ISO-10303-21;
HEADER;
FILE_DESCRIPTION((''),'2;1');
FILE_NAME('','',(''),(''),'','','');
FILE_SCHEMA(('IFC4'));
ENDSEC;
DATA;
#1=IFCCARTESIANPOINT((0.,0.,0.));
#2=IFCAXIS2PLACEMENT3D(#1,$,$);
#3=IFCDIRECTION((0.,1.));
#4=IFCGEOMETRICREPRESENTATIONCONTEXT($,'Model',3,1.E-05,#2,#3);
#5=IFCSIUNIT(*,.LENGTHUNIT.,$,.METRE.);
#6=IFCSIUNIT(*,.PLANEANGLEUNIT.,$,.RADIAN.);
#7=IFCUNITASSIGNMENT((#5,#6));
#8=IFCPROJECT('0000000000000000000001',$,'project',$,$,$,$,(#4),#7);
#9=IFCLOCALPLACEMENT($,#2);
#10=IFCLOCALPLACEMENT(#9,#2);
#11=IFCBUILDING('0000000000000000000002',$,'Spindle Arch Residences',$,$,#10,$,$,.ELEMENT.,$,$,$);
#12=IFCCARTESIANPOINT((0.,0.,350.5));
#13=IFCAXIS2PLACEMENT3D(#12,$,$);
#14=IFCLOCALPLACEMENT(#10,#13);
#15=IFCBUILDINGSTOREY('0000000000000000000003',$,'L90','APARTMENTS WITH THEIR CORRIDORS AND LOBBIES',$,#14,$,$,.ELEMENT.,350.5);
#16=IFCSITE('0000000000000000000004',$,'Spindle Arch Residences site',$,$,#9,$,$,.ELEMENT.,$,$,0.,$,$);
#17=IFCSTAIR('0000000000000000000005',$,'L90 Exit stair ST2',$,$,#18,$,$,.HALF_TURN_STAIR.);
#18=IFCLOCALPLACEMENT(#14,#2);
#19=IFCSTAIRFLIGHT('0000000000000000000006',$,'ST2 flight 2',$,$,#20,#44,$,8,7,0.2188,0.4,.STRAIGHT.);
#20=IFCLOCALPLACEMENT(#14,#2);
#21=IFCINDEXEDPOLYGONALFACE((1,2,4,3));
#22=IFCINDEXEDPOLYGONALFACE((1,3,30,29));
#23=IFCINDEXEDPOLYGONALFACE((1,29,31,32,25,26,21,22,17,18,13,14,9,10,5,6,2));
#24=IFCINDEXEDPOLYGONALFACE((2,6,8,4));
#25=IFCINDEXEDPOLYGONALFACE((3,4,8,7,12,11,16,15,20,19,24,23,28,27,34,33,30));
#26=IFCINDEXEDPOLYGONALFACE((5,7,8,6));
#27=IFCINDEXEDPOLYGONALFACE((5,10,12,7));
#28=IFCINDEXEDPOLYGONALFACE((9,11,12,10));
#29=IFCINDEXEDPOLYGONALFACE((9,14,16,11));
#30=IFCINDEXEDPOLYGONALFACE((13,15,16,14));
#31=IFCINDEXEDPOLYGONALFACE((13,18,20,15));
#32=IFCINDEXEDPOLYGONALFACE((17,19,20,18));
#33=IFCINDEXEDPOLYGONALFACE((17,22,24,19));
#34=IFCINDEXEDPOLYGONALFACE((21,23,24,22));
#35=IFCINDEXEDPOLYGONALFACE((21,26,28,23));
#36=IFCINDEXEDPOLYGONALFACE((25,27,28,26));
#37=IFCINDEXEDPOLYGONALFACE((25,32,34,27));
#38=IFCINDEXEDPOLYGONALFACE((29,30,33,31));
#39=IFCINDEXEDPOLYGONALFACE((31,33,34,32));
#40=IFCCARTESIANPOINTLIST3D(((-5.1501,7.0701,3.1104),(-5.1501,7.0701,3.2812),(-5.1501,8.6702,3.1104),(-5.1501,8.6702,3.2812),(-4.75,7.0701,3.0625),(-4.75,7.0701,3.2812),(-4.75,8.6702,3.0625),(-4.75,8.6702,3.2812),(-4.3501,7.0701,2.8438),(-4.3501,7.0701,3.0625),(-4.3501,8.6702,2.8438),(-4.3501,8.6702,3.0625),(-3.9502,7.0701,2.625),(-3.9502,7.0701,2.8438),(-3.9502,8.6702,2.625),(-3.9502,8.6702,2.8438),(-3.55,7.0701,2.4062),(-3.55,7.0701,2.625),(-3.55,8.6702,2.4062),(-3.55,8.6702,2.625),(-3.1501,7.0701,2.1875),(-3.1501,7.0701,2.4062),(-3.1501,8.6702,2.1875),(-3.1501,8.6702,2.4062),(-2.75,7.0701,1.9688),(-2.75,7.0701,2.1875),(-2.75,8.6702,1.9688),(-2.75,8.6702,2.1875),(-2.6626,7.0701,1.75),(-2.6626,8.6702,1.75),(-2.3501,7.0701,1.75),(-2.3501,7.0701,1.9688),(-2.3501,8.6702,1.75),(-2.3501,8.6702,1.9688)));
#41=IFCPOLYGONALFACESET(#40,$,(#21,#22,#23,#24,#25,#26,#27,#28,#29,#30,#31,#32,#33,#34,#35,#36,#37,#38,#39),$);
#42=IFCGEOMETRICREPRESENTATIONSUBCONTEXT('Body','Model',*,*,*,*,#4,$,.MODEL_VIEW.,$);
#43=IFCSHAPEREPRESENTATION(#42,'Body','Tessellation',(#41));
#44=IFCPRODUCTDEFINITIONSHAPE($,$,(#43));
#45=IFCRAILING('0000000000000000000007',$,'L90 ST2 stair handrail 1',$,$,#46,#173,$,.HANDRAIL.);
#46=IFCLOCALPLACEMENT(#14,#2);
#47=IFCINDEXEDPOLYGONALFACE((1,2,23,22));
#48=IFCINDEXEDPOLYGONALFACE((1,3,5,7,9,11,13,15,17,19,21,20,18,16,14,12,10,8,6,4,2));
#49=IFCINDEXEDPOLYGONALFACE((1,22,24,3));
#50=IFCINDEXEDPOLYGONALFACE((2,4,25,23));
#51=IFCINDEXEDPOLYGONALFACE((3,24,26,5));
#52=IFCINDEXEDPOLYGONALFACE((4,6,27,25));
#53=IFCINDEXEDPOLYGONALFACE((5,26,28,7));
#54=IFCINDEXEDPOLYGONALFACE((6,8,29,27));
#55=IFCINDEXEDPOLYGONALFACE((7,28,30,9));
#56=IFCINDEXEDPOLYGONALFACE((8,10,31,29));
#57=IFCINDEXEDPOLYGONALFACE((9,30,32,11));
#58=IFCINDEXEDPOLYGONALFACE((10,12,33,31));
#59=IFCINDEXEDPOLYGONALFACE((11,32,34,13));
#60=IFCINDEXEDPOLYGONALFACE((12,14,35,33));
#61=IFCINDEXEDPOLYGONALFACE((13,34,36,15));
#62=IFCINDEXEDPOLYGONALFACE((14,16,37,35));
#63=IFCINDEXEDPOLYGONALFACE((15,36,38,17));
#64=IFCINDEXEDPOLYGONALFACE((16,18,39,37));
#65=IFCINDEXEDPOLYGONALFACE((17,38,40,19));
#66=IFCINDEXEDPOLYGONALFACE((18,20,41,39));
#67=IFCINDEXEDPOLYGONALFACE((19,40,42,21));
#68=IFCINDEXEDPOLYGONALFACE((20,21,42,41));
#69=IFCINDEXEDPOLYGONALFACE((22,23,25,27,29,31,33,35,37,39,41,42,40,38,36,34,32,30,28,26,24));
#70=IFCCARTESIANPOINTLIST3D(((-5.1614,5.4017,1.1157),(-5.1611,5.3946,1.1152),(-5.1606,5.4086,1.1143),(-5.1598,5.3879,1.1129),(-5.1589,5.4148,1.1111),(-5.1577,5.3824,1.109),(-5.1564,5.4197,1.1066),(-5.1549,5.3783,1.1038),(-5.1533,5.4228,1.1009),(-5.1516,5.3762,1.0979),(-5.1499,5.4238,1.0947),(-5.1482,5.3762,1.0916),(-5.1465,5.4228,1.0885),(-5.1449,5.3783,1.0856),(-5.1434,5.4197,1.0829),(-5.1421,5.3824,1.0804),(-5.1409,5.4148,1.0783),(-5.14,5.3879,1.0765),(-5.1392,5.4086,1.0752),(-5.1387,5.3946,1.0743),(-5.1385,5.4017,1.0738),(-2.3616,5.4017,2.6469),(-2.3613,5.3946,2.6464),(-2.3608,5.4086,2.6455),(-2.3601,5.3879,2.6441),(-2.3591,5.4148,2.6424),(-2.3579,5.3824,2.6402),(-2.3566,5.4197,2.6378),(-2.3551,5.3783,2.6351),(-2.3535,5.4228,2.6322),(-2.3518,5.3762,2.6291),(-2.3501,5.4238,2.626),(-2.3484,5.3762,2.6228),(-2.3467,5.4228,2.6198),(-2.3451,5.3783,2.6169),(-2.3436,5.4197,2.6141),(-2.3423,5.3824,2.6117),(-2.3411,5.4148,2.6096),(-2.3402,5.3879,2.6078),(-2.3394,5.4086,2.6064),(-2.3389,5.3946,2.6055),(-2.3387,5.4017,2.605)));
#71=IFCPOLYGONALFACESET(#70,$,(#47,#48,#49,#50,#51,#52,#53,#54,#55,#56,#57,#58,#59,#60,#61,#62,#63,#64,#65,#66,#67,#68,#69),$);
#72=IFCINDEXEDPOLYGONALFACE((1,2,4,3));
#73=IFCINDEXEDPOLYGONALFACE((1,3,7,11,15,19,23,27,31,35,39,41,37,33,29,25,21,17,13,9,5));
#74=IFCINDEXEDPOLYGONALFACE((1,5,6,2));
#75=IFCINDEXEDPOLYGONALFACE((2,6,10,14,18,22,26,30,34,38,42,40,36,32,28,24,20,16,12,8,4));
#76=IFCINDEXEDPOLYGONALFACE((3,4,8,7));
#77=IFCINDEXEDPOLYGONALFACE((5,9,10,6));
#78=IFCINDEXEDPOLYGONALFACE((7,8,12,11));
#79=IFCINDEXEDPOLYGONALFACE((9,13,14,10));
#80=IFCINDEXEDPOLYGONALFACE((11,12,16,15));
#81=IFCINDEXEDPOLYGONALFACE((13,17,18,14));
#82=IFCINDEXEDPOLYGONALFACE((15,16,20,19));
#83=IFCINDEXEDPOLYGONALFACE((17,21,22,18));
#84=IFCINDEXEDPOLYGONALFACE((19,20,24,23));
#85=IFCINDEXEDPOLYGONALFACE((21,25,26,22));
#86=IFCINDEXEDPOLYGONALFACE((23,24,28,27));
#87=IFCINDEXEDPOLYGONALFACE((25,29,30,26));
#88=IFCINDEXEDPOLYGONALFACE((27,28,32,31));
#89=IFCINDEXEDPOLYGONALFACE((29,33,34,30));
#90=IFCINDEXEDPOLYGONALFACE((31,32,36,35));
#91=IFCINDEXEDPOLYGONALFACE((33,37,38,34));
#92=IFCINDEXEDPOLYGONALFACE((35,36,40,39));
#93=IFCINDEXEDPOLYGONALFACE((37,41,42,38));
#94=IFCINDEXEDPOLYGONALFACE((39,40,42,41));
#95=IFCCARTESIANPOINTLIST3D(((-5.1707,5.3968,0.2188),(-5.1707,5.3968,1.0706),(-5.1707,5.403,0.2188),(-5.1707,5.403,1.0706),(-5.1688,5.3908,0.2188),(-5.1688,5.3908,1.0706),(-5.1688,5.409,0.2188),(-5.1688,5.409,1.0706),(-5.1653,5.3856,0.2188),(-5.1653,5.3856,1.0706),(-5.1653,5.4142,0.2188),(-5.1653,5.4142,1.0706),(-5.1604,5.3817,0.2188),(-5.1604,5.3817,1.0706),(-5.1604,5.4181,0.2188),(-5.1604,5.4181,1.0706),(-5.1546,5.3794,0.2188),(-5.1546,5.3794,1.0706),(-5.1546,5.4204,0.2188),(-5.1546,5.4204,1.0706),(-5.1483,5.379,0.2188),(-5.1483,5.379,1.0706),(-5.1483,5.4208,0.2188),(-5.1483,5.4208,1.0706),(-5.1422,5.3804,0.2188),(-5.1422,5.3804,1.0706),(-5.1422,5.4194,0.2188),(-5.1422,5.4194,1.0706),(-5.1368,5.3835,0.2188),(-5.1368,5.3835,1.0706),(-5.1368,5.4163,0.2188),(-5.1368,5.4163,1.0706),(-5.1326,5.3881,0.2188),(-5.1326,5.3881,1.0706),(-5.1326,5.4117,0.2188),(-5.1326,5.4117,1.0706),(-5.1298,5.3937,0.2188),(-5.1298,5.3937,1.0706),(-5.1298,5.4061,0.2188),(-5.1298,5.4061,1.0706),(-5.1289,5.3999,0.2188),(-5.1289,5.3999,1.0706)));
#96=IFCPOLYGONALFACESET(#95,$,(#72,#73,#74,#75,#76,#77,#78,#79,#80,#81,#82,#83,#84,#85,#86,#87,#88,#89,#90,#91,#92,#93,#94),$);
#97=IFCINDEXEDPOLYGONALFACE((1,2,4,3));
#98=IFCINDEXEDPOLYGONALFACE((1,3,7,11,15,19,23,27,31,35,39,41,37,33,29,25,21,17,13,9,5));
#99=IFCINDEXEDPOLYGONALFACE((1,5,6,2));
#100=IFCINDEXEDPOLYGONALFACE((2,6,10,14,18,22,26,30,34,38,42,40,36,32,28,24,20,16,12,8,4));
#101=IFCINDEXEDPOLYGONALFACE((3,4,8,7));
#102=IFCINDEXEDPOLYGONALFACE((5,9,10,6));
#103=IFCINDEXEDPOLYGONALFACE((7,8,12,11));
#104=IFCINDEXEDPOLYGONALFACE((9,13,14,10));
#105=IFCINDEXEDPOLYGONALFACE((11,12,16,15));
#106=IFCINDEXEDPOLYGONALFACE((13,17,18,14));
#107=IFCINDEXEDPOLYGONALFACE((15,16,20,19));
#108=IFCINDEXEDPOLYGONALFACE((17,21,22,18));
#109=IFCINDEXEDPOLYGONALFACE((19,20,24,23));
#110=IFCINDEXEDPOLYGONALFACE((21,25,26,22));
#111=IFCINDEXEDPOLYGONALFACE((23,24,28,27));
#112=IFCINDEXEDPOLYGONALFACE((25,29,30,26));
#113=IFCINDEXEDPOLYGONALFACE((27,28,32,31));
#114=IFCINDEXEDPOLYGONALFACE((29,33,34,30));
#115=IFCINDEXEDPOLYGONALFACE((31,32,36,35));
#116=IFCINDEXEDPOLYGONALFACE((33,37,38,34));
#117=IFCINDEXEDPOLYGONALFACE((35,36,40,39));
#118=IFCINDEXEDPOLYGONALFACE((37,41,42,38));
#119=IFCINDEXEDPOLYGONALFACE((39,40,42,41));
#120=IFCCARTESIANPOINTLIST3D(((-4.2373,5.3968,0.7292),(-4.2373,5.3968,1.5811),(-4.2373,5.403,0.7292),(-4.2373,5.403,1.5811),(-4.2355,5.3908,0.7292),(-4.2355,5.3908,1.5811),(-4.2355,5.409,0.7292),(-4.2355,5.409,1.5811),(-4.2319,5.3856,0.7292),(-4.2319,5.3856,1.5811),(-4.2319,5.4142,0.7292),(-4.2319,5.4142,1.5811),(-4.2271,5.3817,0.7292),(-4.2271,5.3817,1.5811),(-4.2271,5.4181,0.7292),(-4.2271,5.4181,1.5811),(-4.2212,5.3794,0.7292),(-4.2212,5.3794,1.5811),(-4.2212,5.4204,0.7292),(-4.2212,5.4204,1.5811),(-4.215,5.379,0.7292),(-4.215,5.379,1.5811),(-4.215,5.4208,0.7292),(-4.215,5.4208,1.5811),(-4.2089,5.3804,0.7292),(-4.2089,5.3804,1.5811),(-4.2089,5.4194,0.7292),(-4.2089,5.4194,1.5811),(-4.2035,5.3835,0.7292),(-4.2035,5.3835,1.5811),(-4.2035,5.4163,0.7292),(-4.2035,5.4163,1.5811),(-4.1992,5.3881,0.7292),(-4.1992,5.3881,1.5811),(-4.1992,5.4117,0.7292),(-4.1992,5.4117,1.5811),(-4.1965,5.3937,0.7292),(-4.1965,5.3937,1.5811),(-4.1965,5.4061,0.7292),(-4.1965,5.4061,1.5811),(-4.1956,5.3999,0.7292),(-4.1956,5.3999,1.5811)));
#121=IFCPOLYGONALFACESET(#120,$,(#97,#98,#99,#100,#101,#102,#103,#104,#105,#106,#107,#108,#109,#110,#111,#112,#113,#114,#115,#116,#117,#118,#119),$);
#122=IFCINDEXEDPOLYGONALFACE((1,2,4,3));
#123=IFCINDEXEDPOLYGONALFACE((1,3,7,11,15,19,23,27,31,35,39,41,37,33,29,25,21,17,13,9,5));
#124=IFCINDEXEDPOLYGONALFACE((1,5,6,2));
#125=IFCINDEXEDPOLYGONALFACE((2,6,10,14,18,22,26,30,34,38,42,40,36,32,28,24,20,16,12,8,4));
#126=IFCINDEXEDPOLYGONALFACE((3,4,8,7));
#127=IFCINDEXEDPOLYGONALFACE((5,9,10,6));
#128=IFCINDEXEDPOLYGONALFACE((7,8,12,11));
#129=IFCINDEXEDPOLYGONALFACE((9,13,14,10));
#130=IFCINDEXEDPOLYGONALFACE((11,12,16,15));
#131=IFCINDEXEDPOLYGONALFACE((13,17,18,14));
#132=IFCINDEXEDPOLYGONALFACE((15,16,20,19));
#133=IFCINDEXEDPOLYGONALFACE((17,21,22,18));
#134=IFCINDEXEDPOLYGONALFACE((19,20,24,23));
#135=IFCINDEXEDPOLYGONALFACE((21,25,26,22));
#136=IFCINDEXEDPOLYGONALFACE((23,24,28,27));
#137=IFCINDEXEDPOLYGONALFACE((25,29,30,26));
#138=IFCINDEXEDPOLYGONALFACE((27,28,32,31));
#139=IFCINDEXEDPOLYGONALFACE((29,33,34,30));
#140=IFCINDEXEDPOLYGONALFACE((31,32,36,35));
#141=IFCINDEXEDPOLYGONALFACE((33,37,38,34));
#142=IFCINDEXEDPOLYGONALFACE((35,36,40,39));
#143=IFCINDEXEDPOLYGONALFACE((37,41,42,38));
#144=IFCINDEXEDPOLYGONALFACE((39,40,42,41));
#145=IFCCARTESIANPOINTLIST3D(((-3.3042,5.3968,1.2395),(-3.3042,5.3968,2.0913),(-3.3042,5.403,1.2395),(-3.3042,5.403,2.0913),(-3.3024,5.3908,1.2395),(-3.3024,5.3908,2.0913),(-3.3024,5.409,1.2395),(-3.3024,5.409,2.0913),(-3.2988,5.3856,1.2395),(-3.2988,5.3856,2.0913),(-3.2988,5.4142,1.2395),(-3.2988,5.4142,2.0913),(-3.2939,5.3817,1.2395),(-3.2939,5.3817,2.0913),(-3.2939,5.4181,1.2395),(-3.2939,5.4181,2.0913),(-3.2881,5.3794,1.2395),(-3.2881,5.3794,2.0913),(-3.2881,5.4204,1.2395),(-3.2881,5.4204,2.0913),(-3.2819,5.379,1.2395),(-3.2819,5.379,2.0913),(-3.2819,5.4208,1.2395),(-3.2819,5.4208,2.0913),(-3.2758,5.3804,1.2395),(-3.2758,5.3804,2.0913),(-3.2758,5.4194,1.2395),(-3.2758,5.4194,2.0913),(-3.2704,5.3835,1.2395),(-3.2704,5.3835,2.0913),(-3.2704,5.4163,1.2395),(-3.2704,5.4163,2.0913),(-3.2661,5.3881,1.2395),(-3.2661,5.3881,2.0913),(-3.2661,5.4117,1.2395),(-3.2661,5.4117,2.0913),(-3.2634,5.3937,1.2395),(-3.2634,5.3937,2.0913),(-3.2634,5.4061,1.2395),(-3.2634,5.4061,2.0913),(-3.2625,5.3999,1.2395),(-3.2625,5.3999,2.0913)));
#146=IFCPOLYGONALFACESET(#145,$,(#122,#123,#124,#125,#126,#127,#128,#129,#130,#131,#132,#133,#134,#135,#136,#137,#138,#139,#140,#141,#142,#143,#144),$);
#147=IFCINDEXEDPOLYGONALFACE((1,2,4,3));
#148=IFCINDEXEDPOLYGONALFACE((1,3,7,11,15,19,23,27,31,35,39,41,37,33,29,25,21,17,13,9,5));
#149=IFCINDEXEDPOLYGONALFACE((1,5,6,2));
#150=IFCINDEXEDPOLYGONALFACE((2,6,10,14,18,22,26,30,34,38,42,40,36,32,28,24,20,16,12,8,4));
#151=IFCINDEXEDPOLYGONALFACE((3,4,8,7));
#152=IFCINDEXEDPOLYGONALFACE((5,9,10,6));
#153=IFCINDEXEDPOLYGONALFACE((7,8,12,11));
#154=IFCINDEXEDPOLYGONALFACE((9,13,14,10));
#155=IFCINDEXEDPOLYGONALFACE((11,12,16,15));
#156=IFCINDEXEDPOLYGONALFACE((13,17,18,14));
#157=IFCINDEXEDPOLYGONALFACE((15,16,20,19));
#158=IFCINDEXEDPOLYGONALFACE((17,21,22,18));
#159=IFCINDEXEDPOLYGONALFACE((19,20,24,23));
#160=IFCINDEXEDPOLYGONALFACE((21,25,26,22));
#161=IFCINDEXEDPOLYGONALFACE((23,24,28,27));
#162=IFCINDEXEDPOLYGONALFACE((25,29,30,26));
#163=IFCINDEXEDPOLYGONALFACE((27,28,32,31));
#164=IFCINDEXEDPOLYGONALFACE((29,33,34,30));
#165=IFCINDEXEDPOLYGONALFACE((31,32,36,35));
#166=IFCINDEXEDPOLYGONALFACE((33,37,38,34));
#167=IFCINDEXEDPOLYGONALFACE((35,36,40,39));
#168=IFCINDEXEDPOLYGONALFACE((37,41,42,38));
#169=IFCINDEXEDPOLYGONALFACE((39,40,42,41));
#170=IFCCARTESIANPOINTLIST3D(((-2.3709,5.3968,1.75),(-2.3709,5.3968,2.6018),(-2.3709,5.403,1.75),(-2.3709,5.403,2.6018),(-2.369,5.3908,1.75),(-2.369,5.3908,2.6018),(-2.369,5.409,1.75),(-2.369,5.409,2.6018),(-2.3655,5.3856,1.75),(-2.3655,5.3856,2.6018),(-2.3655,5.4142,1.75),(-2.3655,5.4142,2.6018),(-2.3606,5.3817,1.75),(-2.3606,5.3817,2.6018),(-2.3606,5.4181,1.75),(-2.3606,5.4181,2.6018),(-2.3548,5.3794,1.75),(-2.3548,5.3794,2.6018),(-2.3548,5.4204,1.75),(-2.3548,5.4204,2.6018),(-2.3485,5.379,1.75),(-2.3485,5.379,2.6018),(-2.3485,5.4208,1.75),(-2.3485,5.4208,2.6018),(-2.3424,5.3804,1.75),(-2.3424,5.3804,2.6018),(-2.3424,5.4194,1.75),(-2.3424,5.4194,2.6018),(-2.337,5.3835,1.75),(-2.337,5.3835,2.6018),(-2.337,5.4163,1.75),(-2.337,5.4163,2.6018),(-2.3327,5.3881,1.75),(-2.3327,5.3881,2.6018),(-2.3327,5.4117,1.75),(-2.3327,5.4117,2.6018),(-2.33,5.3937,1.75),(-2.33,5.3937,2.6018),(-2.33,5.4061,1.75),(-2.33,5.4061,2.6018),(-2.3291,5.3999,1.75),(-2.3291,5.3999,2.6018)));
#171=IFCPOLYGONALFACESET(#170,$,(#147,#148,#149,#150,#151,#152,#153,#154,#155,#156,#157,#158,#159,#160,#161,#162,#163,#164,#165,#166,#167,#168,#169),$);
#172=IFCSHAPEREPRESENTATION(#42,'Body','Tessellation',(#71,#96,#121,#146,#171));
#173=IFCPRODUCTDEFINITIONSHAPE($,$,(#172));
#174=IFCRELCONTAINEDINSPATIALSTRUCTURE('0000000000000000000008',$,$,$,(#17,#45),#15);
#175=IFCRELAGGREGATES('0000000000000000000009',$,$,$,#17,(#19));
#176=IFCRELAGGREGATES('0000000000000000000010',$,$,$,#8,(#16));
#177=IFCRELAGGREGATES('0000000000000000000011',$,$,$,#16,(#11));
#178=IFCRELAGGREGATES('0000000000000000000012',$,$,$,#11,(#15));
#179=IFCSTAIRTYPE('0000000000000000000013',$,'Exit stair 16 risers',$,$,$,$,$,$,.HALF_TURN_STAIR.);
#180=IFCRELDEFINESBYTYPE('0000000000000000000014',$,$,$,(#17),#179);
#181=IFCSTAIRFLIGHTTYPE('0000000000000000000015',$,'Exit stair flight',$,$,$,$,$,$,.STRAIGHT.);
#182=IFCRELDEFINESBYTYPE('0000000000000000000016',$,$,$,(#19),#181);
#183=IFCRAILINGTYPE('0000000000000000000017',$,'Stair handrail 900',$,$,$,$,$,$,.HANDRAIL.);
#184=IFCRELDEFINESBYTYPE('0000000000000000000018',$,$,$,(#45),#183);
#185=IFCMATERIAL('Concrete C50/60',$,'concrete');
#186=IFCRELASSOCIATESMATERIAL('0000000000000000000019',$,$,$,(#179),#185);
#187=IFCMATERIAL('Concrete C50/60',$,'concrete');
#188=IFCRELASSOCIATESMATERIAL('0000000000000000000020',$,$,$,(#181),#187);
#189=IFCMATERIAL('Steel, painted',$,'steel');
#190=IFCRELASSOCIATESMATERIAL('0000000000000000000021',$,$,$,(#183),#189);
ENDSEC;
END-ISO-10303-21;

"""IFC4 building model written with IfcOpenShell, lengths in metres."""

from ifc_helpers import new_model, si_unit, direction, frame, origin, origin_2d, place, context, subcontext, project, spatial, polyline, circle, outline, extrude, material, type_object, element, aggregate, save


model = new_model("IFC4")

# Units and contexts
model_context = context("Model", 3, precision=1e-05, world=origin(), true_north=direction((0.0, 1.0)))
body_context = subcontext(model_context, "Body", "Model", "MODEL_VIEW")
ifc_project = project(units=[si_unit("LENGTHUNIT", "METRE"), si_unit("PLANEANGLEUNIT", "RADIAN")], contexts=[model_context])

# Site, building, storey
site_placement = place(None, origin())
site = spatial("IfcSite", under=ifc_project, at=site_placement, Name="Spindle Arch Residences site", CompositionType="ELEMENT", RefElevation=0.0)
building_placement = place(site_placement, origin())
building = spatial("IfcBuilding", under=site, at=building_placement, Name="Spindle Arch Residences", CompositionType="ELEMENT")
storey_placement = place(building_placement, frame((0.0, 0.0, 350.5)))
storey = spatial("IfcBuildingStorey", under=building, at=storey_placement, Name="L90", Description="APARTMENTS WITH THEIR CORRIDORS AND LOBBIES", CompositionType="ELEMENT", Elevation=350.5)

# Stair, stair flight
ifc_material_1 = material(Name="Concrete C50/60", Category="concrete")
stair_type = type_object("IfcStairType", Name="Exit stair 16 risers", PredefinedType="HALF_TURN_STAIR", material=ifc_material_1)
stair_placement = place(storey_placement, origin())
stair = element("IfcStair", 1, at=stair_placement, inside=storey, type_object=stair_type, Name="L90 Exit stair ST2", PredefinedType="HALF_TURN_STAIR")
ifc_material_2 = material(Name="Concrete C50/60", Category="concrete")
stair_flight_type = type_object("IfcStairFlightType", Name="Exit stair flight", PredefinedType="STRAIGHT", material=ifc_material_2)
stair_flight_1_placement = place(storey_placement, frame((-2.3501, 7.8701, 1.75), z_axis=(0.0, 0.0, 1.0), x_axis=(-1.0, 0.0, 0.0)))
stair_flight_1 = element("IfcStairFlight", 2, at=stair_flight_1_placement, type_object=stair_flight_type, Name="ST2 flight 2", NumberOfRisers=8, NumberOfTreads=7, PredefinedType="STRAIGHT", RiserHeight=0.2188, TreadLength=0.4, context=body_context, shape_type="SweptSolid", body=[
    extrude(outline(polyline([(0.0, 0.0), (0.0, 0.2188), (0.3999, 0.2188), (0.3999, 0.4375), (0.8, 0.4375), (0.8, 0.6562), (1.2, 0.6562), (1.2, 0.875), (1.6001, 0.875), (1.6001, 1.0938), (2.0, 1.0938), (2.0, 1.3125), (2.3999, 1.3125), (2.3999, 1.5312), (2.8, 1.5312), (2.8, 1.75), (2.8, 1.3604), (0.3125, 0.0), (0.0, 0.0)])), frame((0.0, 0.8, 0.0), z_axis=(0.0, -1.0, 0.0), x_axis=(1.0, 0.0, 0.0)), (0.0, 0.0, 1.0), 1.6001),
])
aggregate(stair, [stair_flight_1])

# Railing
ifc_material_3 = material(Name="Steel, painted", Category="steel")
railing_type_1 = type_object("IfcRailingType", Name="Stair handrail 900", PredefinedType="HANDRAIL", material=ifc_material_3)
railing_1_placement = place(storey_placement, frame((-5.1499, 5.3999, 0.2188)))
element("IfcRailing", 3, at=railing_1_placement, inside=storey, type_object=railing_type_1, Name="L90 ST2 stair handrail 1", PredefinedType="HANDRAIL", context=body_context, shape_type="SweptSolid", body=[
    extrude(circle(Radius=0.0239, at=origin_2d()), frame((0.0, 0.0, 0.876), z_axis=(0.877357, 0.0, 0.479838), x_axis=(0.0, 1.0, 0.0)), (0.0, 0.0, 1.0), 3.1912),
    extrude(circle(Radius=0.021, at=origin_2d()), origin(), (0.0, 0.0, 1.0), 0.8518),
    extrude(circle(Radius=0.021, at=origin_2d()), frame((0.9333, 0.0, 0.5105)), (0.0, 0.0, 1.0), 0.8518),
    extrude(circle(Radius=0.021, at=origin_2d()), frame((1.8665, 0.0, 1.0208)), (0.0, 0.0, 1.0), 0.8518),
    extrude(circle(Radius=0.021, at=origin_2d()), frame((2.7998, 0.0, 1.5312)), (0.0, 0.0, 1.0), 0.8518),
])

save(model, "model.ifc")
